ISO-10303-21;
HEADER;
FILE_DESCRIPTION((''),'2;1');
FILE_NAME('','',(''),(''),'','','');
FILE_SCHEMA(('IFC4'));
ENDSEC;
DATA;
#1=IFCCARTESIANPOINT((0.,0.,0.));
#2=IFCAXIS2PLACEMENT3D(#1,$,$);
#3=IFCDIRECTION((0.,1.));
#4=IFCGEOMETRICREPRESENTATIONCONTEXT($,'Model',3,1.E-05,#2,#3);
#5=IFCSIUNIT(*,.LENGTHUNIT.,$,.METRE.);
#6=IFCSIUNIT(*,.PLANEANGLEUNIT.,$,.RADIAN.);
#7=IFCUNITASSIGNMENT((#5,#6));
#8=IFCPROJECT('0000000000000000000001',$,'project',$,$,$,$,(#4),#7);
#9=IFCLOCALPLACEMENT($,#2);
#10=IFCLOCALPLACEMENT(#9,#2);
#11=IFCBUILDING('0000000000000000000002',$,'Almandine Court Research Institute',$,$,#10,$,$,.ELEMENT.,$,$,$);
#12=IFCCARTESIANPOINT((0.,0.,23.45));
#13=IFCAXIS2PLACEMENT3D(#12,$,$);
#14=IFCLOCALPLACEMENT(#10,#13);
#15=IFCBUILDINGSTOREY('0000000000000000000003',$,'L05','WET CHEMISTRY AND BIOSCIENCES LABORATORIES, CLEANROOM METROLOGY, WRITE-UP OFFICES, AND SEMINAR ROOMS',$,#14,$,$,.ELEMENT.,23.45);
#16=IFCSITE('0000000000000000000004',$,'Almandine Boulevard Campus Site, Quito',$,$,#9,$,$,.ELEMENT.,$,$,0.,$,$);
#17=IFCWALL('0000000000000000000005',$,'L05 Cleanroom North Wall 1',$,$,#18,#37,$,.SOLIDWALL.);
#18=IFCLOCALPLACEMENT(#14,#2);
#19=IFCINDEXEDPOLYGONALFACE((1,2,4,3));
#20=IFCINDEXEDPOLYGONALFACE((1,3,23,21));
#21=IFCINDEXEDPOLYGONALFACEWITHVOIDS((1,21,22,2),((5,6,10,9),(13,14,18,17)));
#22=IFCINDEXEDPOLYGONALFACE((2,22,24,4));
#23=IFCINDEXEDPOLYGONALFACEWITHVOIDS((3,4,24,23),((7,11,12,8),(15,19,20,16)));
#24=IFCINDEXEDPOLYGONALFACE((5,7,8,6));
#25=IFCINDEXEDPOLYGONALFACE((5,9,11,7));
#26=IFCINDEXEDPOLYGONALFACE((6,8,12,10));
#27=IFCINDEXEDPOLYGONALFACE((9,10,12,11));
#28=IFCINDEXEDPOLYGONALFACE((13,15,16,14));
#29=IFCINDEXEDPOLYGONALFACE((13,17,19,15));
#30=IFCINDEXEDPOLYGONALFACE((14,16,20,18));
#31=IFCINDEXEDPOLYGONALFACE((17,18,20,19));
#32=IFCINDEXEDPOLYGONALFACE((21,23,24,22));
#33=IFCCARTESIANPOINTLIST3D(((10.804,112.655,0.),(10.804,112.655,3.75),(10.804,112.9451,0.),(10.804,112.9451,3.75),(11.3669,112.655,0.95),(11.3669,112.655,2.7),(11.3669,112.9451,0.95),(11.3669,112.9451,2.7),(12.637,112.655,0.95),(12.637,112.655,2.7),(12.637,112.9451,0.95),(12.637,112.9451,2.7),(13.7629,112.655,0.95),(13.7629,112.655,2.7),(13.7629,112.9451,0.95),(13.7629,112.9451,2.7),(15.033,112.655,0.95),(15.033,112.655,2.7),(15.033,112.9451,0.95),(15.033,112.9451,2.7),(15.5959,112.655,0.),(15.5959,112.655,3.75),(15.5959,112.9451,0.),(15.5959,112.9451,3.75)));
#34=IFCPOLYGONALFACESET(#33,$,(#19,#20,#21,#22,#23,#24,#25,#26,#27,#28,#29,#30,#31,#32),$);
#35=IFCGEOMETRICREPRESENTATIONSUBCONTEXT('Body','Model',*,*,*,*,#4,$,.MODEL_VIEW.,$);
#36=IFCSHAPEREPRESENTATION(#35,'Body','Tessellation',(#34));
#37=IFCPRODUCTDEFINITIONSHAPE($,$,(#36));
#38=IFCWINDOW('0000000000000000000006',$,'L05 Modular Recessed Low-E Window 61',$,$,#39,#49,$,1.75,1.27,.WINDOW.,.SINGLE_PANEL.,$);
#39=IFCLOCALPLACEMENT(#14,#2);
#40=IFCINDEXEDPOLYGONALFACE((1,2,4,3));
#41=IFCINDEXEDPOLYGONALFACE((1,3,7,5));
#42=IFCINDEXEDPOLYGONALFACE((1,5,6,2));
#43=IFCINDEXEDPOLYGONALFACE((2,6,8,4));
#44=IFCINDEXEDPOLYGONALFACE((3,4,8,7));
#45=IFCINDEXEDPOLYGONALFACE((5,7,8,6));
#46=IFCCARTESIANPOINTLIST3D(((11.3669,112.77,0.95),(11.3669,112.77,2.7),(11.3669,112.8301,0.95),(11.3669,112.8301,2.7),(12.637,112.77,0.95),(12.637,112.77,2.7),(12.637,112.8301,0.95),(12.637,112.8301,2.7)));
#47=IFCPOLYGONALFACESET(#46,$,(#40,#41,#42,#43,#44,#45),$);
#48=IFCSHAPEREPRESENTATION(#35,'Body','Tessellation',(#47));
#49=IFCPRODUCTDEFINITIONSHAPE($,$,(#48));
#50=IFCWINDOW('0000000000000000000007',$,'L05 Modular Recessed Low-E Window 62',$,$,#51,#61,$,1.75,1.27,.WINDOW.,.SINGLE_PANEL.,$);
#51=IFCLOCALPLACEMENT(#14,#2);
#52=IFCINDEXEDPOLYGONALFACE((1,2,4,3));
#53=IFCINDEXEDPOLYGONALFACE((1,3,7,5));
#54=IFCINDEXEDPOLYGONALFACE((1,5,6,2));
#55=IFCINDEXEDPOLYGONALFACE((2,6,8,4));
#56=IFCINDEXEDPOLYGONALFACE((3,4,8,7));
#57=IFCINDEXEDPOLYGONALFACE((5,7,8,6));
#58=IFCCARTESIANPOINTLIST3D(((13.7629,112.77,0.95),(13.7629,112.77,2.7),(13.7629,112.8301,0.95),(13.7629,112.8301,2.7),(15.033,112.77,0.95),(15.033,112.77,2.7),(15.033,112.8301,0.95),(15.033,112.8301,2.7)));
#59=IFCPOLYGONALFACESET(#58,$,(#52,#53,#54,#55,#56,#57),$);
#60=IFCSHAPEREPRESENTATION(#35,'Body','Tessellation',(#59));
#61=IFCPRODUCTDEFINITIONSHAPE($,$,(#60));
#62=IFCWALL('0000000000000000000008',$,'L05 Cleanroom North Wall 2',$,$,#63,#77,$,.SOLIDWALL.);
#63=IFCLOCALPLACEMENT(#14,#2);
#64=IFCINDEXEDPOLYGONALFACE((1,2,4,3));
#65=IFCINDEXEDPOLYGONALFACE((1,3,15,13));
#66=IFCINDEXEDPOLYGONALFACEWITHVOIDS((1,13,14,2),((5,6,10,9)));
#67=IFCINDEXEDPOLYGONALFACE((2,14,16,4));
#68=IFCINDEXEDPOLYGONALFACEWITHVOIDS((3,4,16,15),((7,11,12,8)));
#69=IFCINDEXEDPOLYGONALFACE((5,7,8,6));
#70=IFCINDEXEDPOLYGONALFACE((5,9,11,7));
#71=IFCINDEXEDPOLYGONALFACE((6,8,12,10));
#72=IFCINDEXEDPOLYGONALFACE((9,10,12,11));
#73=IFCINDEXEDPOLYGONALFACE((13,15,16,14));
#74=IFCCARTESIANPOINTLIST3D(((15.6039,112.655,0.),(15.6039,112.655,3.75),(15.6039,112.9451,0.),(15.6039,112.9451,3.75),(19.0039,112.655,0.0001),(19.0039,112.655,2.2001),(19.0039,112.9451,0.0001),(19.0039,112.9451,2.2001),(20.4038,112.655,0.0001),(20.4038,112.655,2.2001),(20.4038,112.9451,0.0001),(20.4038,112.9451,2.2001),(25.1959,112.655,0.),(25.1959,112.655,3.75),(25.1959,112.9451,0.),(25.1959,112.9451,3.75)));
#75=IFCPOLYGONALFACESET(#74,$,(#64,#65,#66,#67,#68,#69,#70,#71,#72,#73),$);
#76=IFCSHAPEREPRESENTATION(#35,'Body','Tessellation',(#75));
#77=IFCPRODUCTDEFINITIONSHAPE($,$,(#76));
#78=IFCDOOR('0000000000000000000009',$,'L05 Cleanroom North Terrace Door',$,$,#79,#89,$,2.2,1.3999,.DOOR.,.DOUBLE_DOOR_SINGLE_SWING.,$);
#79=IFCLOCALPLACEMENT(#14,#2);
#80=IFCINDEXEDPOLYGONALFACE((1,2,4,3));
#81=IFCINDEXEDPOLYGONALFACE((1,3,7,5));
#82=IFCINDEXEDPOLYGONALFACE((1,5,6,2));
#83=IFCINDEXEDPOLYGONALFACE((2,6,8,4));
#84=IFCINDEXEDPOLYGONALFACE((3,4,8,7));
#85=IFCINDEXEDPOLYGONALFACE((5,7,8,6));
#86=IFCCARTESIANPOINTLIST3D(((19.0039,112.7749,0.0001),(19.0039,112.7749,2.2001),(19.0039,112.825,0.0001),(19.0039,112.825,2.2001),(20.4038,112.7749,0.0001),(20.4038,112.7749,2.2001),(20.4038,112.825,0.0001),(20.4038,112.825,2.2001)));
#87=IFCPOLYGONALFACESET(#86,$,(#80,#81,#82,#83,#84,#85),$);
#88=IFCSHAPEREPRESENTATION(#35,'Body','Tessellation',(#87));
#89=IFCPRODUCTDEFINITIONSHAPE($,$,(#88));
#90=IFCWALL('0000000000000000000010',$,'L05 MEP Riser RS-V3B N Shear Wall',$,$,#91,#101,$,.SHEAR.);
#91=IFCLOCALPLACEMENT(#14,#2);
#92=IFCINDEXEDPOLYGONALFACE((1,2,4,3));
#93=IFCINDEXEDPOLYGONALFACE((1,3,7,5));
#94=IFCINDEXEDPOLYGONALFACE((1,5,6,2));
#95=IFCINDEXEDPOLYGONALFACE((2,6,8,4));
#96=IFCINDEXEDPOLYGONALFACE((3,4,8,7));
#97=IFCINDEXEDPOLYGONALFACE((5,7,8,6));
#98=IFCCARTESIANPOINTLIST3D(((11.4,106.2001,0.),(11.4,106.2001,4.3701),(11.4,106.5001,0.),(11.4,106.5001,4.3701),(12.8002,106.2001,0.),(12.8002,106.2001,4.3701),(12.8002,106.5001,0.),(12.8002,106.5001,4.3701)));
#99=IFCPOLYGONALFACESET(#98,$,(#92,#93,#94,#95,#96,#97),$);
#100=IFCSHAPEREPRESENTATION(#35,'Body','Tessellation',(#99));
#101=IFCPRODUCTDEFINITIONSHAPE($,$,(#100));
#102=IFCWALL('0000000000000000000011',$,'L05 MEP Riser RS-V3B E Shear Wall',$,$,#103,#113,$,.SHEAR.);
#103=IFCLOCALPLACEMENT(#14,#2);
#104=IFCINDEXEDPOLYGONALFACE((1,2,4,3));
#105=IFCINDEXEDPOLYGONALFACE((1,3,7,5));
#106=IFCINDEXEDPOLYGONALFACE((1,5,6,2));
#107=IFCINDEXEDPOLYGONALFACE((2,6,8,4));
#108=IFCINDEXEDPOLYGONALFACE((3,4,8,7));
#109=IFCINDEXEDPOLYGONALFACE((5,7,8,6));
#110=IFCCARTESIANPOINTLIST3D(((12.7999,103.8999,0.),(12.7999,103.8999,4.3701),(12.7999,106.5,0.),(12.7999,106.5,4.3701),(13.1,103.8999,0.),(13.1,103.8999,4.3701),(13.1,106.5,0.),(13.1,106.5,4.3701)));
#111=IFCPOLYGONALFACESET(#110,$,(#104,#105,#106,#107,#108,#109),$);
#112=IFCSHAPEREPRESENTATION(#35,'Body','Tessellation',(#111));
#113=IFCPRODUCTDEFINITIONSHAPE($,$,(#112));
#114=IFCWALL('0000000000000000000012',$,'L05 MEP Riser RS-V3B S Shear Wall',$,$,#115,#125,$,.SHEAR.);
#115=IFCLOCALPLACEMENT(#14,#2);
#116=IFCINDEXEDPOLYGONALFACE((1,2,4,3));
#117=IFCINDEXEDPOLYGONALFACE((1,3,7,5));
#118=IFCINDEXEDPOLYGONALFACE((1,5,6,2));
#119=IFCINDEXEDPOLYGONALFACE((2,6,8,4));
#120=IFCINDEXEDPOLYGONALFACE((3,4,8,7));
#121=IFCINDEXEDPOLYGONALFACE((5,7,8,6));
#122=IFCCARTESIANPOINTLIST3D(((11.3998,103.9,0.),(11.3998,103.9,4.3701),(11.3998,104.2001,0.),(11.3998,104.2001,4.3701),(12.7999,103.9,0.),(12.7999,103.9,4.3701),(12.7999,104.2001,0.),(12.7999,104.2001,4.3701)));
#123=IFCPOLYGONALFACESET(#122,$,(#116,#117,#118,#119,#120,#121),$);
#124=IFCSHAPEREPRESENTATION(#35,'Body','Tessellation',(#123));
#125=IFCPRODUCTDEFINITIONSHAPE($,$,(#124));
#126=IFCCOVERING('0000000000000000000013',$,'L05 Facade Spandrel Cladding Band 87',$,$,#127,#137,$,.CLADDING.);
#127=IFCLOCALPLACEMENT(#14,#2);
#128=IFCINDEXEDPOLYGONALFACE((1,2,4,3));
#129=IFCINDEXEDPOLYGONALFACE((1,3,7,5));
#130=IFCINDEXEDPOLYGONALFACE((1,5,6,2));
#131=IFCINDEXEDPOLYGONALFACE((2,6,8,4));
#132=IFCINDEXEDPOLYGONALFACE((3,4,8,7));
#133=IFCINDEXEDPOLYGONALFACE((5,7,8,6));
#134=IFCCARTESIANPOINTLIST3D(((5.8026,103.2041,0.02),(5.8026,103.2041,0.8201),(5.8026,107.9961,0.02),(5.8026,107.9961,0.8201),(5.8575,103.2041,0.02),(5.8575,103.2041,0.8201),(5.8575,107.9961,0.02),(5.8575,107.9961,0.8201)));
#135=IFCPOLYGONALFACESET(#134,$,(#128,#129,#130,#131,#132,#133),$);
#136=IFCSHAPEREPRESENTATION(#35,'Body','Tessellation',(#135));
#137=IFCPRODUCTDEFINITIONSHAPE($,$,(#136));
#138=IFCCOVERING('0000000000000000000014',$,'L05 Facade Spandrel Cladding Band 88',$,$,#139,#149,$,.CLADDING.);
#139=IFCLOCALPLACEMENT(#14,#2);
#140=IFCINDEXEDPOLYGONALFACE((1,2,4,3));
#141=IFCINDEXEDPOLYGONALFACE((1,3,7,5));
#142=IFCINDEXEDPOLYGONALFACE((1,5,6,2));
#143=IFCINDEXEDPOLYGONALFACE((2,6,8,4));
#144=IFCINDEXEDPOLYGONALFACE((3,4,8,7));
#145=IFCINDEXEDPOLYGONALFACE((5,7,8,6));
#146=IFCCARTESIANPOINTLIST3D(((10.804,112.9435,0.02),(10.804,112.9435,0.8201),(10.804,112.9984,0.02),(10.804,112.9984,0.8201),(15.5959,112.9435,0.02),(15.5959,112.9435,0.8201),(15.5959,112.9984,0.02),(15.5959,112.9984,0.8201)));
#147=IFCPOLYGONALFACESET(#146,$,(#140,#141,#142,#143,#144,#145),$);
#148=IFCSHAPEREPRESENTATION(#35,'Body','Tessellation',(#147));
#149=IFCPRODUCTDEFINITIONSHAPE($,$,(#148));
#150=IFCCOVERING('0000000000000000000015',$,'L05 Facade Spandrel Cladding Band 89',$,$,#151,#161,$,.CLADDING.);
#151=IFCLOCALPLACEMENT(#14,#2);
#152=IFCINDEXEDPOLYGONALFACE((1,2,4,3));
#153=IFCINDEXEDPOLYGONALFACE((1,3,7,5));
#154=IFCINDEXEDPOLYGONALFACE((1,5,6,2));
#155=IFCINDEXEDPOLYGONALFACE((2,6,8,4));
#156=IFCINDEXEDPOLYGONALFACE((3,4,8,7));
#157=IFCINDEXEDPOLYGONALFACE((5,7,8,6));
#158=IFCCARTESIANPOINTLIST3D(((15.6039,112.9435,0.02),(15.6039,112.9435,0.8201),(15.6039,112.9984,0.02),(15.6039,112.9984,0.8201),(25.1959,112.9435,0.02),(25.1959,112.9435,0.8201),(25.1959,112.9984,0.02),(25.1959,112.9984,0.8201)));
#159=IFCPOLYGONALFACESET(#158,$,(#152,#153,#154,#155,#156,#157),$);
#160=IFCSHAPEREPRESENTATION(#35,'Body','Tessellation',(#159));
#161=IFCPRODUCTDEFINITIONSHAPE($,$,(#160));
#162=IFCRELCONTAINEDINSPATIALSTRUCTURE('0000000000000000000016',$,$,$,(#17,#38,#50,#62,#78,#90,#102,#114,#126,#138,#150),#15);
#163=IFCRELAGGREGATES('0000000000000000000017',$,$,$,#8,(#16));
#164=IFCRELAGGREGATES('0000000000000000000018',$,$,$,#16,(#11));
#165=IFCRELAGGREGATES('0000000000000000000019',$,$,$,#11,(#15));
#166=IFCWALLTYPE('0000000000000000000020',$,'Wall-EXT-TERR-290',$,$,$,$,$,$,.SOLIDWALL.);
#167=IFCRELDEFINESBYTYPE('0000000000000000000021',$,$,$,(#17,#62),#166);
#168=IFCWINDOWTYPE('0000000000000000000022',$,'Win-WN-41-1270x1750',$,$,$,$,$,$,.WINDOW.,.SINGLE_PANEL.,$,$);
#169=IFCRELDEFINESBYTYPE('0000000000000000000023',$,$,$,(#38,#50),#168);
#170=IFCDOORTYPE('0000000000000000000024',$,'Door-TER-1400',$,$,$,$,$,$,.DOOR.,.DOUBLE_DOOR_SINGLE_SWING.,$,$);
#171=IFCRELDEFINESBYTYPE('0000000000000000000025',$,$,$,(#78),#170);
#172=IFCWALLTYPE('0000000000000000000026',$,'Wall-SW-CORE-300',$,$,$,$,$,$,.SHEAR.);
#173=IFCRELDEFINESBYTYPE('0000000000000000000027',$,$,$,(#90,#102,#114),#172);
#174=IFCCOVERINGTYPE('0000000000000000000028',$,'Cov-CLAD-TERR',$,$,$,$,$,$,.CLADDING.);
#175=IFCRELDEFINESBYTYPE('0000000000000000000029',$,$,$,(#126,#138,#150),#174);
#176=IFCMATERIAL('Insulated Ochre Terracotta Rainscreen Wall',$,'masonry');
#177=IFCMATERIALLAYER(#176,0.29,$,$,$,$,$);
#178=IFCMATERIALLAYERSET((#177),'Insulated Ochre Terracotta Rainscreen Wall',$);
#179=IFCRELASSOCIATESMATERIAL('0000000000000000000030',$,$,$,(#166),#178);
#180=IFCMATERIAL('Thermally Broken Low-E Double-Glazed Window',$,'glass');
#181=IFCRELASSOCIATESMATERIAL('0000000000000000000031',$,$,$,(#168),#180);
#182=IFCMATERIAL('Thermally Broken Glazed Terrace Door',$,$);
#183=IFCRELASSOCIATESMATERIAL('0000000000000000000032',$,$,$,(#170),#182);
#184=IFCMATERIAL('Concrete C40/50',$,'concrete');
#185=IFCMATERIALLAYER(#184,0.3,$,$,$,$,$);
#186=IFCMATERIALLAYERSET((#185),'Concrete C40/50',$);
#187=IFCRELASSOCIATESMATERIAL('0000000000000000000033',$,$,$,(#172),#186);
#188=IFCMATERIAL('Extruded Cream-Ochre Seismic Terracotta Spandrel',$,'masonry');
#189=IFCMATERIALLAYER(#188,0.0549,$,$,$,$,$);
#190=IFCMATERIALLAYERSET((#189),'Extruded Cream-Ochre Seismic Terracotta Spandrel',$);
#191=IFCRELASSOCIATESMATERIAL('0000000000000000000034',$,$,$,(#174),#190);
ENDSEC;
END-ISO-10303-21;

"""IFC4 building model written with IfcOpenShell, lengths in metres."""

from ifc_helpers import new_model, si_unit, direction, frame, frame_2d, origin, origin_2d, place, context, subcontext, project, spatial, rectangle, extrude, material, layer, layer_set, type_object, element, fill, save


model = new_model("IFC4")

# Units and contexts
model_context = context("Model", 3, precision=1e-05, world=origin(), true_north=direction((0.0, 1.0)))
body_context = subcontext(model_context, "Body", "Model", "MODEL_VIEW")
ifc_project = project(units=[si_unit("LENGTHUNIT", "METRE"), si_unit("PLANEANGLEUNIT", "RADIAN")], contexts=[model_context])

# Site, building, storey
site_placement = place(None, origin())
site = spatial("IfcSite", under=ifc_project, at=site_placement, Name="Almandine Boulevard Campus Site, Quito", CompositionType="ELEMENT", RefElevation=0.0)
building_placement = place(site_placement, origin())
building = spatial("IfcBuilding", under=site, at=building_placement, Name="Almandine Court Research Institute", CompositionType="ELEMENT")
storey_placement = place(building_placement, frame((0.0, 0.0, 23.45)))
storey = spatial("IfcBuildingStorey", under=building, at=storey_placement, Name="L05", Description="WET CHEMISTRY AND BIOSCIENCES LABORATORIES, CLEANROOM METROLOGY, WRITE-UP OFFICES, AND SEMINAR ROOMS", CompositionType="ELEMENT", Elevation=23.45)

# Wall, openings, windows
ifc_material_1 = material(Name="Insulated Ochre Terracotta Rainscreen Wall", Category="masonry")
ifc_layer_1 = layer(ifc_material_1, 0.29)
ifc_layer_set_1 = layer_set([ifc_layer_1], Name="Insulated Ochre Terracotta Rainscreen Wall")
wall_type_1 = type_object("IfcWallType", Name="Wall-EXT-TERR-290", PredefinedType="SOLIDWALL", material=ifc_layer_set_1)
wall_1_placement = place(storey_placement, frame((10.804, 112.8, 0.0), z_axis=(0.0, 0.0, 1.0), x_axis=(1.0, 0.0, 0.0)))
wall_1 = element("IfcWall", 1, at=wall_1_placement, inside=storey, type_object=wall_type_1, Name="L05 Cleanroom North Wall 1", PredefinedType="SOLIDWALL", context=body_context, shape_type="SweptSolid", body=[
    extrude(rectangle(XDim=4.792, YDim=0.29, at=frame_2d((2.396, 0.0))), origin(), (0.0, 0.0, 1.0), 3.75),
])
opening_1_placement = place(wall_1_placement, frame((0.563, 0.0, 0.95)))
opening_1 = element("IfcOpeningElement", 2, at=opening_1_placement, cuts=wall_1, PredefinedType="OPENING", context=body_context, shape_type="SweptSolid", body=[
    extrude(rectangle(XDim=1.27, YDim=1.75, at=frame_2d((0.635, 0.875))), frame((0.0, 0.155, 0.0), z_axis=(0.0, -1.0, 0.0), x_axis=(1.0, 0.0, 0.0)), (0.0, 0.0, 1.0), 0.3101),
])
opening_2_placement = place(wall_1_placement, frame((2.959, 0.0, 0.95)))
opening_2 = element("IfcOpeningElement", 3, at=opening_2_placement, cuts=wall_1, PredefinedType="OPENING", context=body_context, shape_type="SweptSolid", body=[
    extrude(rectangle(XDim=1.27, YDim=1.75, at=frame_2d((0.635, 0.875))), frame((0.0, 0.155, 0.0), z_axis=(0.0, -1.0, 0.0), x_axis=(1.0, 0.0, 0.0)), (0.0, 0.0, 1.0), 0.3101),
])
ifc_material_2 = material(Name="Thermally Broken Low-E Double-Glazed Window", Category="glass")
window_type = type_object("IfcWindowType", Name="Win-WN-41-1270x1750", PartitioningType="SINGLE_PANEL", PredefinedType="WINDOW", material=ifc_material_2)
window_1_placement = place(opening_1_placement, origin())
window_1 = element("IfcWindow", 4, at=window_1_placement, inside=storey, type_object=window_type, Name="L05 Modular Recessed Low-E Window 61", OverallHeight=1.75, OverallWidth=1.27, PartitioningType="SINGLE_PANEL", PredefinedType="WINDOW", context=body_context, shape_type="SweptSolid", body=[
    extrude(rectangle(XDim=1.27, YDim=1.75, at=frame_2d((0.635, 0.875))), frame((0.0, 0.03, 0.0), z_axis=(0.0, -1.0, 0.0), x_axis=(1.0, 0.0, 0.0)), (0.0, 0.0, 1.0), 0.0601),
])
fill(opening_1, window_1)
window_2_placement = place(opening_2_placement, origin())
window_2 = element("IfcWindow", 5, at=window_2_placement, inside=storey, type_object=window_type, Name="L05 Modular Recessed Low-E Window 62", OverallHeight=1.75, OverallWidth=1.27, PartitioningType="SINGLE_PANEL", PredefinedType="WINDOW", context=body_context, shape_type="SweptSolid", body=[
    extrude(rectangle(XDim=1.27, YDim=1.75, at=frame_2d((0.635, 0.875))), frame((0.0, 0.03, 0.0), z_axis=(0.0, -1.0, 0.0), x_axis=(1.0, 0.0, 0.0)), (0.0, 0.0, 1.0), 0.0601),
])
fill(opening_2, window_2)

# Wall, opening, door
wall_2_placement = place(storey_placement, frame((15.604, 112.8, 0.0), z_axis=(0.0, 0.0, 1.0), x_axis=(1.0, 0.0, 0.0)))
wall_2 = element("IfcWall", 6, at=wall_2_placement, inside=storey, type_object=wall_type_1, Name="L05 Cleanroom North Wall 2", PredefinedType="SOLIDWALL", context=body_context, shape_type="SweptSolid", body=[
    extrude(rectangle(XDim=9.592, YDim=0.29, at=frame_2d((4.7959, 0.0))), origin(), (0.0, 0.0, 1.0), 3.75),
])
opening_3_placement = place(wall_2_placement, frame((3.3999, 0.0, 0.0)))
opening_3 = element("IfcOpeningElement", 7, at=opening_3_placement, cuts=wall_2, PredefinedType="OPENING", context=body_context, shape_type="SweptSolid", body=[
    extrude(rectangle(XDim=1.3999, YDim=2.2, at=frame_2d((0.7, 1.1001))), frame((0.0, 0.155, 0.0), z_axis=(0.0, -1.0, 0.0), x_axis=(1.0, 0.0, 0.0)), (0.0, 0.0, 1.0), 0.3101),
])
ifc_material_3 = material(Name="Thermally Broken Glazed Terrace Door")
door_type = type_object("IfcDoorType", Name="Door-TER-1400", OperationType="DOUBLE_DOOR_SINGLE_SWING", PredefinedType="DOOR", material=ifc_material_3)
door_placement = place(opening_3_placement, origin())
door = element("IfcDoor", 8, at=door_placement, inside=storey, type_object=door_type, Name="L05 Cleanroom North Terrace Door", OperationType="DOUBLE_DOOR_SINGLE_SWING", OverallHeight=2.2, OverallWidth=1.3999, PredefinedType="DOOR", context=body_context, shape_type="SweptSolid", body=[
    extrude(rectangle(XDim=1.3999, YDim=2.2, at=frame_2d((0.7, 1.1001))), frame((0.0, 0.0249, 0.0), z_axis=(0.0, -1.0, 0.0), x_axis=(1.0, 0.0, 0.0)), (0.0, 0.0, 1.0), 0.05),
])
fill(opening_3, door)

# Walls
ifc_material_4 = material(Name="Concrete C40/50", Category="concrete")
ifc_layer_2 = layer(ifc_material_4, 0.3)
ifc_layer_set_2 = layer_set([ifc_layer_2], Name="Concrete C40/50")
wall_type_2 = type_object("IfcWallType", Name="Wall-SW-CORE-300", PredefinedType="SHEAR", material=ifc_layer_set_2)
wall_3_placement = place(storey_placement, frame((11.3999, 106.3501, 0.0), z_axis=(0.0, 0.0, 1.0), x_axis=(1.0, 0.0, 0.0)))
element("IfcWall", 9, at=wall_3_placement, inside=storey, type_object=wall_type_2, Name="L05 MEP Riser RS-V3B N Shear Wall", PredefinedType="SHEAR", context=body_context, shape_type="SweptSolid", body=[
    extrude(rectangle(XDim=1.4001, YDim=0.3, at=frame_2d((0.7002, 0.0))), origin(), (0.0, 0.0, 1.0), 4.3701),
])
wall_4_placement = place(storey_placement, frame((12.95, 106.5, 0.0), z_axis=(0.0, 0.0, 1.0), x_axis=(0.0, -1.0, 0.0)))
element("IfcWall", 10, at=wall_4_placement, inside=storey, type_object=wall_type_2, Name="L05 MEP Riser RS-V3B E Shear Wall", PredefinedType="SHEAR", context=body_context, shape_type="SweptSolid", body=[
    extrude(rectangle(XDim=2.6001, YDim=0.3, at=frame_2d((1.3, 0.0))), origin(), (0.0, 0.0, 1.0), 4.3701),
])
wall_5_placement = place(storey_placement, frame((12.8, 104.05, 0.0), z_axis=(0.0, 0.0, 1.0), x_axis=(-1.0, 0.0, 0.0)))
element("IfcWall", 11, at=wall_5_placement, inside=storey, type_object=wall_type_2, Name="L05 MEP Riser RS-V3B S Shear Wall", PredefinedType="SHEAR", context=body_context, shape_type="SweptSolid", body=[
    extrude(rectangle(XDim=1.4001, YDim=0.3, at=frame_2d((0.7002, 0.0))), origin(), (0.0, 0.0, 1.0), 4.3701),
])

# Coverings
ifc_material_5 = material(Name="Extruded Cream-Ochre Seismic Terracotta Spandrel", Category="masonry")
ifc_layer_3 = layer(ifc_material_5, 0.0549)
ifc_layer_set_3 = layer_set([ifc_layer_3], Name="Extruded Cream-Ochre Seismic Terracotta Spandrel")
covering_type = type_object("IfcCoveringType", Name="Cov-CLAD-TERR", PredefinedType="CLADDING", material=ifc_layer_set_3)
for number, where, z_axis, x_axis, name in (
    (12, (5.8301, 105.6001, 0.02), (0.0, 0.0, 1.0), (0.0, 1.0, 0.0), "L05 Facade Spandrel Cladding Band 87"),
    (13, (13.2, 112.9709, 0.02), (0.0, 0.0, 1.0), (1.0, 0.0, 0.0), "L05 Facade Spandrel Cladding Band 88"),
):
    element("IfcCovering", number, at=place(storey_placement, frame(where, z_axis=z_axis, x_axis=x_axis)), inside=storey, type_object=covering_type, Name=name, PredefinedType="CLADDING", context=body_context, shape_type="SweptSolid", body=[
        extrude(rectangle(XDim=4.792, YDim=0.0549, at=origin_2d()), origin(), (0.0, 0.0, 1.0), 0.8),
    ])
covering_placement = place(storey_placement, frame((20.3999, 112.9709, 0.02), z_axis=(0.0, 0.0, 1.0), x_axis=(1.0, 0.0, 0.0)))
element("IfcCovering", 14, at=covering_placement, inside=storey, type_object=covering_type, Name="L05 Facade Spandrel Cladding Band 89", PredefinedType="CLADDING", context=body_context, shape_type="SweptSolid", body=[
    extrude(rectangle(XDim=9.592, YDim=0.0549, at=origin_2d()), origin(), (0.0, 0.0, 1.0), 0.8),
])

save(model, "model.ifc")
